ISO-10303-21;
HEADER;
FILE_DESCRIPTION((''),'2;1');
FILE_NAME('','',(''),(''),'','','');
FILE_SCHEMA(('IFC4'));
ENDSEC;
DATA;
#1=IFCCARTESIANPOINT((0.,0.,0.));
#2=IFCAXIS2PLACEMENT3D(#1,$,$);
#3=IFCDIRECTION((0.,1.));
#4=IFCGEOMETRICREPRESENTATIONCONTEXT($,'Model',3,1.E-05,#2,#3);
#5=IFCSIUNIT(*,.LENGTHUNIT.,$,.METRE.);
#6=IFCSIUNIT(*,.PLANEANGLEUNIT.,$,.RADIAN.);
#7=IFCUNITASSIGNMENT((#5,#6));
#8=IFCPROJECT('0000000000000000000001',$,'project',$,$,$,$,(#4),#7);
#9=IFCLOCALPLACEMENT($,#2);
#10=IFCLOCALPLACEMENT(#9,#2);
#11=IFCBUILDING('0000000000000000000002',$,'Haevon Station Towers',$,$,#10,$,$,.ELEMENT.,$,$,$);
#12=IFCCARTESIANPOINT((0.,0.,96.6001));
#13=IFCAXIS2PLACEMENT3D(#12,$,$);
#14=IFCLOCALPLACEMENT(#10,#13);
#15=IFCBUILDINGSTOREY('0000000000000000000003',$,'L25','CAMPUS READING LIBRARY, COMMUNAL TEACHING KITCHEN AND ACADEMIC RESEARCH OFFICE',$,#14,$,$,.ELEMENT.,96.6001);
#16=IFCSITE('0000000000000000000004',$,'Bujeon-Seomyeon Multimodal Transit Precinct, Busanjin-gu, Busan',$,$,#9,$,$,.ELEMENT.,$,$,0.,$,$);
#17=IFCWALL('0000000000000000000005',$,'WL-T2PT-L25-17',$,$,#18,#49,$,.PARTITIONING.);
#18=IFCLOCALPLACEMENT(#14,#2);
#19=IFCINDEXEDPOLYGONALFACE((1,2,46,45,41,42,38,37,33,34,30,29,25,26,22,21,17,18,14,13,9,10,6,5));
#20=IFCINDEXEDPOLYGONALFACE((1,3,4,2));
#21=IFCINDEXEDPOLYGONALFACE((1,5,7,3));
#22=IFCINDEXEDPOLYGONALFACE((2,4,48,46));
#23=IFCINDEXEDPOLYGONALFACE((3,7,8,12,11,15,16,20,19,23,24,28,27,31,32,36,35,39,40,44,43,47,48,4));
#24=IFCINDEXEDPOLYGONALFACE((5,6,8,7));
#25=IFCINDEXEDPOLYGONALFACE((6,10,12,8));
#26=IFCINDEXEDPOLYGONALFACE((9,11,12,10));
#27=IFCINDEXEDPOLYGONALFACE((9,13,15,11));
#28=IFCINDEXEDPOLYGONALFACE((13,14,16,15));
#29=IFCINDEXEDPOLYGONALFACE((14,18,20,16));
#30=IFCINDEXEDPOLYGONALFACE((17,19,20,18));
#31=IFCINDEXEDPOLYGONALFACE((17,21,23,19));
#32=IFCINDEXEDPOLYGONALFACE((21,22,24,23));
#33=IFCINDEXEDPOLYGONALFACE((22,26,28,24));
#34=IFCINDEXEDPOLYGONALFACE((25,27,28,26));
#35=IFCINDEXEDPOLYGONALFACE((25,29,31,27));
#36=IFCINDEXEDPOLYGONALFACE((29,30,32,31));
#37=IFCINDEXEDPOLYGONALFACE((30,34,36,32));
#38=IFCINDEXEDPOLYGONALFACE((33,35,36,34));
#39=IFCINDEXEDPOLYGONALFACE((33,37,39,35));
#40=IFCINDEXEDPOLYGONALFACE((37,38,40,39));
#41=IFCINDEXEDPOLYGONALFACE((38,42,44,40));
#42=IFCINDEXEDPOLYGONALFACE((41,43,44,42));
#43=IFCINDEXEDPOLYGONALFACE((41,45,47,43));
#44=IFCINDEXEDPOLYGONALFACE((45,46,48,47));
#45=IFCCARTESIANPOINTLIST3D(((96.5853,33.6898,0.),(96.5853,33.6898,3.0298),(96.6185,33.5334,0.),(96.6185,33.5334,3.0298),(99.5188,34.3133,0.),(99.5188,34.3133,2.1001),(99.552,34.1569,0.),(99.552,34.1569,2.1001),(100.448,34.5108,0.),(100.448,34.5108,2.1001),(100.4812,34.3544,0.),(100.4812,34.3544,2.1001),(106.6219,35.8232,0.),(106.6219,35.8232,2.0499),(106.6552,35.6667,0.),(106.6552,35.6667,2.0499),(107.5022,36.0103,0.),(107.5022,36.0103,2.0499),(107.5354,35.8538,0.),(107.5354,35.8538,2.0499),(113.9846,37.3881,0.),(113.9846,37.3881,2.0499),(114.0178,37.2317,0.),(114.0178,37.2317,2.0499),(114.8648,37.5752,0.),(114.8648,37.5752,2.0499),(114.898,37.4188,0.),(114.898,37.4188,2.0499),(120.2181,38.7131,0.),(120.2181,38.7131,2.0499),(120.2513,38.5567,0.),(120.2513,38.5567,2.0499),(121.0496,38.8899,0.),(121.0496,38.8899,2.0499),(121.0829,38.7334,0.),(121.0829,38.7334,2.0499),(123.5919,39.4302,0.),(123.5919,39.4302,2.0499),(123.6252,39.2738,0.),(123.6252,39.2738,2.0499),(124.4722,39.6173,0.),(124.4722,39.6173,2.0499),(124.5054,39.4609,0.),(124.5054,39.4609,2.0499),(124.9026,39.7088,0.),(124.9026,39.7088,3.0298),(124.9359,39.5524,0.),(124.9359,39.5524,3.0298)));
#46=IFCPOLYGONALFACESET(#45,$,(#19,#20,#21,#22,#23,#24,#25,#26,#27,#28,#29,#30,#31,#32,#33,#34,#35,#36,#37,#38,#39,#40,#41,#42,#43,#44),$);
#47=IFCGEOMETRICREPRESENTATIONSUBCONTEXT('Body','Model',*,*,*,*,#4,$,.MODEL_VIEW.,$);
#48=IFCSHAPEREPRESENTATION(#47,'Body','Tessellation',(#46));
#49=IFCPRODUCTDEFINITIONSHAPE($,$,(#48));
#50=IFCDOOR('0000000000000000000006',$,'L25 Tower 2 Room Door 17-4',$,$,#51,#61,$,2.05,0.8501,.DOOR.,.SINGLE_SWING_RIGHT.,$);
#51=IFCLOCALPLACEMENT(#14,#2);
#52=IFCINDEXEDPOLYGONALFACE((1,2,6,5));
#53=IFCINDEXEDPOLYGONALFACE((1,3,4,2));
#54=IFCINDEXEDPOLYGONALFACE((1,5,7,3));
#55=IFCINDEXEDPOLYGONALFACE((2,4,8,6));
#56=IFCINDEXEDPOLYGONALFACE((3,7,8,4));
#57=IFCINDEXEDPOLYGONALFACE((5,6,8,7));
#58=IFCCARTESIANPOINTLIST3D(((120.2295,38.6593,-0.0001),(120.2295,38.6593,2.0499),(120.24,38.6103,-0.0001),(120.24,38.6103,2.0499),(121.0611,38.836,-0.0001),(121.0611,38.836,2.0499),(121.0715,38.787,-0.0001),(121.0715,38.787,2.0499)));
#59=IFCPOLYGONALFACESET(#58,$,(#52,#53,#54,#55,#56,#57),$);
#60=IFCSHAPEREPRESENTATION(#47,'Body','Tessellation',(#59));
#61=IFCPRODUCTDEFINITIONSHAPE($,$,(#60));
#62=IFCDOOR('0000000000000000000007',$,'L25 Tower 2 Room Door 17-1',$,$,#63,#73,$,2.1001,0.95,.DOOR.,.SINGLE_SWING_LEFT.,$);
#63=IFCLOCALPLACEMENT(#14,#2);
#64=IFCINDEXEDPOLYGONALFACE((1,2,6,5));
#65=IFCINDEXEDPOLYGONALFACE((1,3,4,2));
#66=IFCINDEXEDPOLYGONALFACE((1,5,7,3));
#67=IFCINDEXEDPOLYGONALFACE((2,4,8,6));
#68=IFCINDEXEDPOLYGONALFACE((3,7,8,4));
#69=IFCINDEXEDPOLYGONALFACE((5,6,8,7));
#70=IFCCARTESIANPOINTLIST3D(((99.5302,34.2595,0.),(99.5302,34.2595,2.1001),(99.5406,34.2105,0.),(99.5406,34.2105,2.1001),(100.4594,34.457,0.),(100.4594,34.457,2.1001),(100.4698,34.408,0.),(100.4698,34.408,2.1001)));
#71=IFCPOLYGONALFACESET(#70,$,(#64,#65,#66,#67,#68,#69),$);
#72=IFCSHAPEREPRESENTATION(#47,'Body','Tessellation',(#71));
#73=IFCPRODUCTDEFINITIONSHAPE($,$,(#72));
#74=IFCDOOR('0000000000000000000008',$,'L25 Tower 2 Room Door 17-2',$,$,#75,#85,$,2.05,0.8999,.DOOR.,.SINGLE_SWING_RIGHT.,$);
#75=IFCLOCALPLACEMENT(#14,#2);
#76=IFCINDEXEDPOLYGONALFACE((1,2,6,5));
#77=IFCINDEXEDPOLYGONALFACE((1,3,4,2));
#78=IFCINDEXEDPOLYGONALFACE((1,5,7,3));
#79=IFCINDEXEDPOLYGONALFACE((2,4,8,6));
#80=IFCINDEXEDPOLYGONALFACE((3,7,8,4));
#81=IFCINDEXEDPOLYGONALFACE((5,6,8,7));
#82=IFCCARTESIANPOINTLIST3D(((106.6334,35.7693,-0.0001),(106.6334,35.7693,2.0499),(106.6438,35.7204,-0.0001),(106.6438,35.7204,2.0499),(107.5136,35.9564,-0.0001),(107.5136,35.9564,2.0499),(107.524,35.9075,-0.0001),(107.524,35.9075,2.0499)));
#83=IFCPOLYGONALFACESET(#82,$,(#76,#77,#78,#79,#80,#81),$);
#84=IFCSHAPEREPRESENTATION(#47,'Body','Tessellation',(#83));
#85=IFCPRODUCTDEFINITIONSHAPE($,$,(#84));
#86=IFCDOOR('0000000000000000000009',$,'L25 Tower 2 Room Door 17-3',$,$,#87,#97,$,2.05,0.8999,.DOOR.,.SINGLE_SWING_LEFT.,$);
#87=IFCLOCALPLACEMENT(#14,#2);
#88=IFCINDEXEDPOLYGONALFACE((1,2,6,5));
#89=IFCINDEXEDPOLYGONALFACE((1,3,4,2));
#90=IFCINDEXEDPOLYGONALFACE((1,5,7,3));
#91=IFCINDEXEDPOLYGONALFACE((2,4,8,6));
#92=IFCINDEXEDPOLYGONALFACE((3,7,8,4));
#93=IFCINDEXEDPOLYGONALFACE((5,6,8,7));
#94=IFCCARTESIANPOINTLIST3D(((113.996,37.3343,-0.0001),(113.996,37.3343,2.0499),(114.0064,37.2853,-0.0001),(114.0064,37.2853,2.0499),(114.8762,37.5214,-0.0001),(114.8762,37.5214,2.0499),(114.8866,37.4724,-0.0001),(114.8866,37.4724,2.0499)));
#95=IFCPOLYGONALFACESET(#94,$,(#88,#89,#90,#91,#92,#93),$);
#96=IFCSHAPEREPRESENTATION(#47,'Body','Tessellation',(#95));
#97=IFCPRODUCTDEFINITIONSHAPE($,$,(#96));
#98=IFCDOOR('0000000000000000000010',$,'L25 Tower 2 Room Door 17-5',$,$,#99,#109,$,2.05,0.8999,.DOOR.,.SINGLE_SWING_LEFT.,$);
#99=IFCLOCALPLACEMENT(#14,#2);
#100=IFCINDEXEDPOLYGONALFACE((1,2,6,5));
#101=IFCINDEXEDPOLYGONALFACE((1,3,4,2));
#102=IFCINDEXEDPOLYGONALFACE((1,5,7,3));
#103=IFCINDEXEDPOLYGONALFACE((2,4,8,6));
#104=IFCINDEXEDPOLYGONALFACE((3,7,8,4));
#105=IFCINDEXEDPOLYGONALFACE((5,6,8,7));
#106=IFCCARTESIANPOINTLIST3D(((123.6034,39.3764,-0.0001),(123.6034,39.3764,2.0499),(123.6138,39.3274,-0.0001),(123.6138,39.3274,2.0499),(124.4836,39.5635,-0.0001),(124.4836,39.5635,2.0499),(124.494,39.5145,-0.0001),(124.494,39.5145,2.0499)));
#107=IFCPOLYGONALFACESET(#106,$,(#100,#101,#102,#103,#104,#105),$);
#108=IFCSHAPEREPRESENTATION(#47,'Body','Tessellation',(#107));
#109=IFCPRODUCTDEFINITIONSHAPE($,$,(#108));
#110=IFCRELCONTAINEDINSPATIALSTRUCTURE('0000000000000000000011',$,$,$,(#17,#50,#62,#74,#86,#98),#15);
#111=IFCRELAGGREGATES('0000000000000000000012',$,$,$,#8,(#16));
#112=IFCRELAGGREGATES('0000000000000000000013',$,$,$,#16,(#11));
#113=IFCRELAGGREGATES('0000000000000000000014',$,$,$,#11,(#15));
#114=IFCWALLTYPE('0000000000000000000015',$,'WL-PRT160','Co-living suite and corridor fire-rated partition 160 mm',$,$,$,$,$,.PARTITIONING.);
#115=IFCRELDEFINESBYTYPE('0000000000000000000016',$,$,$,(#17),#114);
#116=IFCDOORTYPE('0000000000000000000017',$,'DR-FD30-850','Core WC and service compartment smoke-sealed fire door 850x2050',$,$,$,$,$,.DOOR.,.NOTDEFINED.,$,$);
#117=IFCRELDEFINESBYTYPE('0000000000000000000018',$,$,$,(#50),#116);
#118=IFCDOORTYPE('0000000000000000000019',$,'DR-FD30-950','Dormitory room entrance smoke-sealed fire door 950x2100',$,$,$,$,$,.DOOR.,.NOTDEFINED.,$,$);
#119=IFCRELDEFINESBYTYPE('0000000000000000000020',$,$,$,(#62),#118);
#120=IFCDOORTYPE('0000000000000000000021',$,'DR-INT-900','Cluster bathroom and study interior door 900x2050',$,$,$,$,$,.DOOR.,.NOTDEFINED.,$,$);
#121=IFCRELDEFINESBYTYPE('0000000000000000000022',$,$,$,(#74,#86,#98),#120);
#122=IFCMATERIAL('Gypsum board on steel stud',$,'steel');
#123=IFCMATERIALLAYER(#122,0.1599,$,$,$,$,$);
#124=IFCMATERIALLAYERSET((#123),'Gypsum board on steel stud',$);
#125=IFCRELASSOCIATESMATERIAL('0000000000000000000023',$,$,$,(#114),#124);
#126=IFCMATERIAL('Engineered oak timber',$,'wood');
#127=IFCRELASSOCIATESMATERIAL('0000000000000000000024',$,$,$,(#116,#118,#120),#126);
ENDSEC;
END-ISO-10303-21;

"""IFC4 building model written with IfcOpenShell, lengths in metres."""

from ifc_helpers import new_model, si_unit, direction, frame, frame_2d, origin, place, context, subcontext, project, spatial, rectangle, extrude, material, layer, layer_set, type_object, element, fill, save


model = new_model("IFC4")

# Units and contexts
model_context = context("Model", 3, precision=1e-05, world=origin(), true_north=direction((0.0, 1.0)))
body_context = subcontext(model_context, "Body", "Model", "MODEL_VIEW")
ifc_project = project(units=[si_unit("LENGTHUNIT", "METRE"), si_unit("PLANEANGLEUNIT", "RADIAN")], contexts=[model_context])

# Site, building, storey
site_placement = place(None, origin())
site = spatial("IfcSite", under=ifc_project, at=site_placement, Name="Bujeon-Seomyeon Multimodal Transit Precinct, Busanjin-gu, Busan", CompositionType="ELEMENT", RefElevation=0.0)
building_placement = place(site_placement, origin())
building = spatial("IfcBuilding", under=site, at=building_placement, Name="Haevon Station Towers", CompositionType="ELEMENT")
storey_placement = place(building_placement, frame((0.0, 0.0, 96.6001)))
storey = spatial("IfcBuildingStorey", under=building, at=storey_placement, Name="L25", Description="CAMPUS READING LIBRARY, COMMUNAL TEACHING KITCHEN AND ACADEMIC RESEARCH OFFICE", CompositionType="ELEMENT", Elevation=96.6001)

# Wall, openings, doors
ifc_material_1 = material(Name="Gypsum board on steel stud", Category="steel")
ifc_layer = layer(ifc_material_1, 0.1599)
ifc_layer_set = layer_set([ifc_layer], Name="Gypsum board on steel stud")
wall_type = type_object("IfcWallType", Name="WL-PRT160", Description="Co-living suite and corridor fire-rated partition 160 mm", PredefinedType="PARTITIONING", material=ifc_layer_set)
wall_placement = place(storey_placement, frame((96.6018, 33.6116, 0.0), z_axis=(0.0, 0.0, 1.0), x_axis=(0.978148, 0.207912, 0.0)))
wall = element("IfcWall", 1, at=wall_placement, inside=storey, type_object=wall_type, Name="WL-T2PT-L25-17", PredefinedType="PARTITIONING", context=body_context, shape_type="SweptSolid", body=[
    extrude(rectangle(XDim=28.95, YDim=0.1599, at=frame_2d((14.4751, 0.0))), origin(), (0.0, 0.0, 1.0), 3.0298),
])
opening_1_placement = place(wall_placement, frame((2.999, 0.0, 0.0)))
opening_1 = element("IfcOpeningElement", 2, at=opening_1_placement, cuts=wall, PredefinedType="OPENING", context=body_context, shape_type="SweptSolid", body=[
    extrude(rectangle(XDim=0.95, YDim=2.1001, at=frame_2d((0.4751, 1.05))), frame((0.0, 0.0898, 0.0), z_axis=(0.0, -1.0, 0.0), x_axis=(1.0, 0.0, 0.0)), (0.0, 0.0, 1.0), 0.1799),
])
opening_2_placement = place(wall_placement, frame((10.261, 0.0, 0.0)))
opening_2 = element("IfcOpeningElement", 3, at=opening_2_placement, cuts=wall, PredefinedType="OPENING", context=body_context, shape_type="SweptSolid", body=[
    extrude(rectangle(XDim=0.8999, YDim=2.05, at=frame_2d((0.45, 1.0249))), frame((0.0, 0.0898, 0.0), z_axis=(0.0, -1.0, 0.0), x_axis=(1.0, 0.0, 0.0)), (0.0, 0.0, 1.0), 0.1799),
])
opening_3_placement = place(wall_placement, frame((17.7881, 0.0, 0.0)))
opening_3 = element("IfcOpeningElement", 4, at=opening_3_placement, cuts=wall, PredefinedType="OPENING", context=body_context, shape_type="SweptSolid", body=[
    extrude(rectangle(XDim=0.8999, YDim=2.05, at=frame_2d((0.45, 1.0249))), frame((0.0, 0.0898, 0.0), z_axis=(0.0, -1.0, 0.0), x_axis=(1.0, 0.0, 0.0)), (0.0, 0.0, 1.0), 0.1799),
])
opening_4_placement = place(wall_placement, frame((24.1609, 0.0, 0.0)))
opening_4 = element("IfcOpeningElement", 5, at=opening_4_placement, cuts=wall, PredefinedType="OPENING", context=body_context, shape_type="SweptSolid", body=[
    extrude(rectangle(XDim=0.8501, YDim=2.05, at=frame_2d((0.425, 1.0249))), frame((0.0, 0.0898, 0.0), z_axis=(0.0, -1.0, 0.0), x_axis=(1.0, 0.0, 0.0)), (0.0, 0.0, 1.0), 0.1799),
])
opening_5_placement = place(wall_placement, frame((27.6101, 0.0, 0.0)))
opening_5 = element("IfcOpeningElement", 6, at=opening_5_placement, cuts=wall, PredefinedType="OPENING", context=body_context, shape_type="SweptSolid", body=[
    extrude(rectangle(XDim=0.8999, YDim=2.05, at=frame_2d((0.45, 1.0249))), frame((0.0, 0.0898, 0.0), z_axis=(0.0, -1.0, 0.0), x_axis=(1.0, 0.0, 0.0)), (0.0, 0.0, 1.0), 0.1799),
])
ifc_material_2 = material(Name="Engineered oak timber", Category="wood")
door_type_1 = type_object("IfcDoorType", Name="DR-FD30-850", Description="Core WC and service compartment smoke-sealed fire door 850x2050", OperationType="NOTDEFINED", PredefinedType="DOOR", material=ifc_material_2)
door_1_placement = place(opening_4_placement, origin())
door_1 = element("IfcDoor", 7, at=door_1_placement, inside=storey, type_object=door_type_1, Name="L25 Tower 2 Room Door 17-4", OperationType="SINGLE_SWING_RIGHT", OverallHeight=2.05, OverallWidth=0.8501, PredefinedType="DOOR", context=body_context, shape_type="SweptSolid", body=[
    extrude(rectangle(XDim=0.8501, YDim=2.05, at=frame_2d((0.425, 1.0249))), frame((0.0, 0.0249, 0.0), z_axis=(0.0, -1.0, 0.0), x_axis=(1.0, 0.0, 0.0)), (0.0, 0.0, 1.0), 0.05),
])
fill(opening_4, door_1)
door_type_2 = type_object("IfcDoorType", Name="DR-FD30-950", Description="Dormitory room entrance smoke-sealed fire door 950x2100", OperationType="NOTDEFINED", PredefinedType="DOOR", material=ifc_material_2)
door_2_placement = place(opening_1_placement, origin())
door_2 = element("IfcDoor", 8, at=door_2_placement, inside=storey, type_object=door_type_2, Name="L25 Tower 2 Room Door 17-1", OperationType="SINGLE_SWING_LEFT", OverallHeight=2.1001, OverallWidth=0.95, PredefinedType="DOOR", context=body_context, shape_type="SweptSolid", body=[
    extrude(rectangle(XDim=0.95, YDim=2.1001, at=frame_2d((0.4751, 1.05))), frame((0.0, 0.0249, 0.0), z_axis=(0.0, -1.0, 0.0), x_axis=(1.0, 0.0, 0.0)), (0.0, 0.0, 1.0), 0.05),
])
fill(opening_1, door_2)
door_type_3 = type_object("IfcDoorType", Name="DR-INT-900", Description="Cluster bathroom and study interior door 900x2050", OperationType="NOTDEFINED", PredefinedType="DOOR", material=ifc_material_2)
door_3_placement = place(opening_2_placement, origin())
door_3 = element("IfcDoor", 9, at=door_3_placement, inside=storey, type_object=door_type_3, Name="L25 Tower 2 Room Door 17-2", OperationType="SINGLE_SWING_RIGHT", OverallHeight=2.05, OverallWidth=0.8999, PredefinedType="DOOR", context=body_context, shape_type="SweptSolid", body=[
    extrude(rectangle(XDim=0.8999, YDim=2.05, at=frame_2d((0.45, 1.0249))), frame((0.0, 0.0249, 0.0), z_axis=(0.0, -1.0, 0.0), x_axis=(1.0, 0.0, 0.0)), (0.0, 0.0, 1.0), 0.05),
])
fill(opening_2, door_3)
door_4_placement = place(opening_3_placement, origin())
door_4 = element("IfcDoor", 10, at=door_4_placement, inside=storey, type_object=door_type_3, Name="L25 Tower 2 Room Door 17-3", OperationType="SINGLE_SWING_LEFT", OverallHeight=2.05, OverallWidth=0.8999, PredefinedType="DOOR", context=body_context, shape_type="SweptSolid", body=[
    extrude(rectangle(XDim=0.8999, YDim=2.05, at=frame_2d((0.45, 1.0249))), frame((0.0, 0.0249, 0.0), z_axis=(0.0, -1.0, 0.0), x_axis=(1.0, 0.0, 0.0)), (0.0, 0.0, 1.0), 0.05),
])
fill(opening_3, door_4)
door_5_placement = place(opening_5_placement, origin())
door_5 = element("IfcDoor", 11, at=door_5_placement, inside=storey, type_object=door_type_3, Name="L25 Tower 2 Room Door 17-5", OperationType="SINGLE_SWING_LEFT", OverallHeight=2.05, OverallWidth=0.8999, PredefinedType="DOOR", context=body_context, shape_type="SweptSolid", body=[
    extrude(rectangle(XDim=0.8999, YDim=2.05, at=frame_2d((0.45, 1.0249))), frame((0.0, 0.0249, 0.0), z_axis=(0.0, -1.0, 0.0), x_axis=(1.0, 0.0, 0.0)), (0.0, 0.0, 1.0), 0.05),
])
fill(opening_5, door_5)

save(model, "model.ifc")
